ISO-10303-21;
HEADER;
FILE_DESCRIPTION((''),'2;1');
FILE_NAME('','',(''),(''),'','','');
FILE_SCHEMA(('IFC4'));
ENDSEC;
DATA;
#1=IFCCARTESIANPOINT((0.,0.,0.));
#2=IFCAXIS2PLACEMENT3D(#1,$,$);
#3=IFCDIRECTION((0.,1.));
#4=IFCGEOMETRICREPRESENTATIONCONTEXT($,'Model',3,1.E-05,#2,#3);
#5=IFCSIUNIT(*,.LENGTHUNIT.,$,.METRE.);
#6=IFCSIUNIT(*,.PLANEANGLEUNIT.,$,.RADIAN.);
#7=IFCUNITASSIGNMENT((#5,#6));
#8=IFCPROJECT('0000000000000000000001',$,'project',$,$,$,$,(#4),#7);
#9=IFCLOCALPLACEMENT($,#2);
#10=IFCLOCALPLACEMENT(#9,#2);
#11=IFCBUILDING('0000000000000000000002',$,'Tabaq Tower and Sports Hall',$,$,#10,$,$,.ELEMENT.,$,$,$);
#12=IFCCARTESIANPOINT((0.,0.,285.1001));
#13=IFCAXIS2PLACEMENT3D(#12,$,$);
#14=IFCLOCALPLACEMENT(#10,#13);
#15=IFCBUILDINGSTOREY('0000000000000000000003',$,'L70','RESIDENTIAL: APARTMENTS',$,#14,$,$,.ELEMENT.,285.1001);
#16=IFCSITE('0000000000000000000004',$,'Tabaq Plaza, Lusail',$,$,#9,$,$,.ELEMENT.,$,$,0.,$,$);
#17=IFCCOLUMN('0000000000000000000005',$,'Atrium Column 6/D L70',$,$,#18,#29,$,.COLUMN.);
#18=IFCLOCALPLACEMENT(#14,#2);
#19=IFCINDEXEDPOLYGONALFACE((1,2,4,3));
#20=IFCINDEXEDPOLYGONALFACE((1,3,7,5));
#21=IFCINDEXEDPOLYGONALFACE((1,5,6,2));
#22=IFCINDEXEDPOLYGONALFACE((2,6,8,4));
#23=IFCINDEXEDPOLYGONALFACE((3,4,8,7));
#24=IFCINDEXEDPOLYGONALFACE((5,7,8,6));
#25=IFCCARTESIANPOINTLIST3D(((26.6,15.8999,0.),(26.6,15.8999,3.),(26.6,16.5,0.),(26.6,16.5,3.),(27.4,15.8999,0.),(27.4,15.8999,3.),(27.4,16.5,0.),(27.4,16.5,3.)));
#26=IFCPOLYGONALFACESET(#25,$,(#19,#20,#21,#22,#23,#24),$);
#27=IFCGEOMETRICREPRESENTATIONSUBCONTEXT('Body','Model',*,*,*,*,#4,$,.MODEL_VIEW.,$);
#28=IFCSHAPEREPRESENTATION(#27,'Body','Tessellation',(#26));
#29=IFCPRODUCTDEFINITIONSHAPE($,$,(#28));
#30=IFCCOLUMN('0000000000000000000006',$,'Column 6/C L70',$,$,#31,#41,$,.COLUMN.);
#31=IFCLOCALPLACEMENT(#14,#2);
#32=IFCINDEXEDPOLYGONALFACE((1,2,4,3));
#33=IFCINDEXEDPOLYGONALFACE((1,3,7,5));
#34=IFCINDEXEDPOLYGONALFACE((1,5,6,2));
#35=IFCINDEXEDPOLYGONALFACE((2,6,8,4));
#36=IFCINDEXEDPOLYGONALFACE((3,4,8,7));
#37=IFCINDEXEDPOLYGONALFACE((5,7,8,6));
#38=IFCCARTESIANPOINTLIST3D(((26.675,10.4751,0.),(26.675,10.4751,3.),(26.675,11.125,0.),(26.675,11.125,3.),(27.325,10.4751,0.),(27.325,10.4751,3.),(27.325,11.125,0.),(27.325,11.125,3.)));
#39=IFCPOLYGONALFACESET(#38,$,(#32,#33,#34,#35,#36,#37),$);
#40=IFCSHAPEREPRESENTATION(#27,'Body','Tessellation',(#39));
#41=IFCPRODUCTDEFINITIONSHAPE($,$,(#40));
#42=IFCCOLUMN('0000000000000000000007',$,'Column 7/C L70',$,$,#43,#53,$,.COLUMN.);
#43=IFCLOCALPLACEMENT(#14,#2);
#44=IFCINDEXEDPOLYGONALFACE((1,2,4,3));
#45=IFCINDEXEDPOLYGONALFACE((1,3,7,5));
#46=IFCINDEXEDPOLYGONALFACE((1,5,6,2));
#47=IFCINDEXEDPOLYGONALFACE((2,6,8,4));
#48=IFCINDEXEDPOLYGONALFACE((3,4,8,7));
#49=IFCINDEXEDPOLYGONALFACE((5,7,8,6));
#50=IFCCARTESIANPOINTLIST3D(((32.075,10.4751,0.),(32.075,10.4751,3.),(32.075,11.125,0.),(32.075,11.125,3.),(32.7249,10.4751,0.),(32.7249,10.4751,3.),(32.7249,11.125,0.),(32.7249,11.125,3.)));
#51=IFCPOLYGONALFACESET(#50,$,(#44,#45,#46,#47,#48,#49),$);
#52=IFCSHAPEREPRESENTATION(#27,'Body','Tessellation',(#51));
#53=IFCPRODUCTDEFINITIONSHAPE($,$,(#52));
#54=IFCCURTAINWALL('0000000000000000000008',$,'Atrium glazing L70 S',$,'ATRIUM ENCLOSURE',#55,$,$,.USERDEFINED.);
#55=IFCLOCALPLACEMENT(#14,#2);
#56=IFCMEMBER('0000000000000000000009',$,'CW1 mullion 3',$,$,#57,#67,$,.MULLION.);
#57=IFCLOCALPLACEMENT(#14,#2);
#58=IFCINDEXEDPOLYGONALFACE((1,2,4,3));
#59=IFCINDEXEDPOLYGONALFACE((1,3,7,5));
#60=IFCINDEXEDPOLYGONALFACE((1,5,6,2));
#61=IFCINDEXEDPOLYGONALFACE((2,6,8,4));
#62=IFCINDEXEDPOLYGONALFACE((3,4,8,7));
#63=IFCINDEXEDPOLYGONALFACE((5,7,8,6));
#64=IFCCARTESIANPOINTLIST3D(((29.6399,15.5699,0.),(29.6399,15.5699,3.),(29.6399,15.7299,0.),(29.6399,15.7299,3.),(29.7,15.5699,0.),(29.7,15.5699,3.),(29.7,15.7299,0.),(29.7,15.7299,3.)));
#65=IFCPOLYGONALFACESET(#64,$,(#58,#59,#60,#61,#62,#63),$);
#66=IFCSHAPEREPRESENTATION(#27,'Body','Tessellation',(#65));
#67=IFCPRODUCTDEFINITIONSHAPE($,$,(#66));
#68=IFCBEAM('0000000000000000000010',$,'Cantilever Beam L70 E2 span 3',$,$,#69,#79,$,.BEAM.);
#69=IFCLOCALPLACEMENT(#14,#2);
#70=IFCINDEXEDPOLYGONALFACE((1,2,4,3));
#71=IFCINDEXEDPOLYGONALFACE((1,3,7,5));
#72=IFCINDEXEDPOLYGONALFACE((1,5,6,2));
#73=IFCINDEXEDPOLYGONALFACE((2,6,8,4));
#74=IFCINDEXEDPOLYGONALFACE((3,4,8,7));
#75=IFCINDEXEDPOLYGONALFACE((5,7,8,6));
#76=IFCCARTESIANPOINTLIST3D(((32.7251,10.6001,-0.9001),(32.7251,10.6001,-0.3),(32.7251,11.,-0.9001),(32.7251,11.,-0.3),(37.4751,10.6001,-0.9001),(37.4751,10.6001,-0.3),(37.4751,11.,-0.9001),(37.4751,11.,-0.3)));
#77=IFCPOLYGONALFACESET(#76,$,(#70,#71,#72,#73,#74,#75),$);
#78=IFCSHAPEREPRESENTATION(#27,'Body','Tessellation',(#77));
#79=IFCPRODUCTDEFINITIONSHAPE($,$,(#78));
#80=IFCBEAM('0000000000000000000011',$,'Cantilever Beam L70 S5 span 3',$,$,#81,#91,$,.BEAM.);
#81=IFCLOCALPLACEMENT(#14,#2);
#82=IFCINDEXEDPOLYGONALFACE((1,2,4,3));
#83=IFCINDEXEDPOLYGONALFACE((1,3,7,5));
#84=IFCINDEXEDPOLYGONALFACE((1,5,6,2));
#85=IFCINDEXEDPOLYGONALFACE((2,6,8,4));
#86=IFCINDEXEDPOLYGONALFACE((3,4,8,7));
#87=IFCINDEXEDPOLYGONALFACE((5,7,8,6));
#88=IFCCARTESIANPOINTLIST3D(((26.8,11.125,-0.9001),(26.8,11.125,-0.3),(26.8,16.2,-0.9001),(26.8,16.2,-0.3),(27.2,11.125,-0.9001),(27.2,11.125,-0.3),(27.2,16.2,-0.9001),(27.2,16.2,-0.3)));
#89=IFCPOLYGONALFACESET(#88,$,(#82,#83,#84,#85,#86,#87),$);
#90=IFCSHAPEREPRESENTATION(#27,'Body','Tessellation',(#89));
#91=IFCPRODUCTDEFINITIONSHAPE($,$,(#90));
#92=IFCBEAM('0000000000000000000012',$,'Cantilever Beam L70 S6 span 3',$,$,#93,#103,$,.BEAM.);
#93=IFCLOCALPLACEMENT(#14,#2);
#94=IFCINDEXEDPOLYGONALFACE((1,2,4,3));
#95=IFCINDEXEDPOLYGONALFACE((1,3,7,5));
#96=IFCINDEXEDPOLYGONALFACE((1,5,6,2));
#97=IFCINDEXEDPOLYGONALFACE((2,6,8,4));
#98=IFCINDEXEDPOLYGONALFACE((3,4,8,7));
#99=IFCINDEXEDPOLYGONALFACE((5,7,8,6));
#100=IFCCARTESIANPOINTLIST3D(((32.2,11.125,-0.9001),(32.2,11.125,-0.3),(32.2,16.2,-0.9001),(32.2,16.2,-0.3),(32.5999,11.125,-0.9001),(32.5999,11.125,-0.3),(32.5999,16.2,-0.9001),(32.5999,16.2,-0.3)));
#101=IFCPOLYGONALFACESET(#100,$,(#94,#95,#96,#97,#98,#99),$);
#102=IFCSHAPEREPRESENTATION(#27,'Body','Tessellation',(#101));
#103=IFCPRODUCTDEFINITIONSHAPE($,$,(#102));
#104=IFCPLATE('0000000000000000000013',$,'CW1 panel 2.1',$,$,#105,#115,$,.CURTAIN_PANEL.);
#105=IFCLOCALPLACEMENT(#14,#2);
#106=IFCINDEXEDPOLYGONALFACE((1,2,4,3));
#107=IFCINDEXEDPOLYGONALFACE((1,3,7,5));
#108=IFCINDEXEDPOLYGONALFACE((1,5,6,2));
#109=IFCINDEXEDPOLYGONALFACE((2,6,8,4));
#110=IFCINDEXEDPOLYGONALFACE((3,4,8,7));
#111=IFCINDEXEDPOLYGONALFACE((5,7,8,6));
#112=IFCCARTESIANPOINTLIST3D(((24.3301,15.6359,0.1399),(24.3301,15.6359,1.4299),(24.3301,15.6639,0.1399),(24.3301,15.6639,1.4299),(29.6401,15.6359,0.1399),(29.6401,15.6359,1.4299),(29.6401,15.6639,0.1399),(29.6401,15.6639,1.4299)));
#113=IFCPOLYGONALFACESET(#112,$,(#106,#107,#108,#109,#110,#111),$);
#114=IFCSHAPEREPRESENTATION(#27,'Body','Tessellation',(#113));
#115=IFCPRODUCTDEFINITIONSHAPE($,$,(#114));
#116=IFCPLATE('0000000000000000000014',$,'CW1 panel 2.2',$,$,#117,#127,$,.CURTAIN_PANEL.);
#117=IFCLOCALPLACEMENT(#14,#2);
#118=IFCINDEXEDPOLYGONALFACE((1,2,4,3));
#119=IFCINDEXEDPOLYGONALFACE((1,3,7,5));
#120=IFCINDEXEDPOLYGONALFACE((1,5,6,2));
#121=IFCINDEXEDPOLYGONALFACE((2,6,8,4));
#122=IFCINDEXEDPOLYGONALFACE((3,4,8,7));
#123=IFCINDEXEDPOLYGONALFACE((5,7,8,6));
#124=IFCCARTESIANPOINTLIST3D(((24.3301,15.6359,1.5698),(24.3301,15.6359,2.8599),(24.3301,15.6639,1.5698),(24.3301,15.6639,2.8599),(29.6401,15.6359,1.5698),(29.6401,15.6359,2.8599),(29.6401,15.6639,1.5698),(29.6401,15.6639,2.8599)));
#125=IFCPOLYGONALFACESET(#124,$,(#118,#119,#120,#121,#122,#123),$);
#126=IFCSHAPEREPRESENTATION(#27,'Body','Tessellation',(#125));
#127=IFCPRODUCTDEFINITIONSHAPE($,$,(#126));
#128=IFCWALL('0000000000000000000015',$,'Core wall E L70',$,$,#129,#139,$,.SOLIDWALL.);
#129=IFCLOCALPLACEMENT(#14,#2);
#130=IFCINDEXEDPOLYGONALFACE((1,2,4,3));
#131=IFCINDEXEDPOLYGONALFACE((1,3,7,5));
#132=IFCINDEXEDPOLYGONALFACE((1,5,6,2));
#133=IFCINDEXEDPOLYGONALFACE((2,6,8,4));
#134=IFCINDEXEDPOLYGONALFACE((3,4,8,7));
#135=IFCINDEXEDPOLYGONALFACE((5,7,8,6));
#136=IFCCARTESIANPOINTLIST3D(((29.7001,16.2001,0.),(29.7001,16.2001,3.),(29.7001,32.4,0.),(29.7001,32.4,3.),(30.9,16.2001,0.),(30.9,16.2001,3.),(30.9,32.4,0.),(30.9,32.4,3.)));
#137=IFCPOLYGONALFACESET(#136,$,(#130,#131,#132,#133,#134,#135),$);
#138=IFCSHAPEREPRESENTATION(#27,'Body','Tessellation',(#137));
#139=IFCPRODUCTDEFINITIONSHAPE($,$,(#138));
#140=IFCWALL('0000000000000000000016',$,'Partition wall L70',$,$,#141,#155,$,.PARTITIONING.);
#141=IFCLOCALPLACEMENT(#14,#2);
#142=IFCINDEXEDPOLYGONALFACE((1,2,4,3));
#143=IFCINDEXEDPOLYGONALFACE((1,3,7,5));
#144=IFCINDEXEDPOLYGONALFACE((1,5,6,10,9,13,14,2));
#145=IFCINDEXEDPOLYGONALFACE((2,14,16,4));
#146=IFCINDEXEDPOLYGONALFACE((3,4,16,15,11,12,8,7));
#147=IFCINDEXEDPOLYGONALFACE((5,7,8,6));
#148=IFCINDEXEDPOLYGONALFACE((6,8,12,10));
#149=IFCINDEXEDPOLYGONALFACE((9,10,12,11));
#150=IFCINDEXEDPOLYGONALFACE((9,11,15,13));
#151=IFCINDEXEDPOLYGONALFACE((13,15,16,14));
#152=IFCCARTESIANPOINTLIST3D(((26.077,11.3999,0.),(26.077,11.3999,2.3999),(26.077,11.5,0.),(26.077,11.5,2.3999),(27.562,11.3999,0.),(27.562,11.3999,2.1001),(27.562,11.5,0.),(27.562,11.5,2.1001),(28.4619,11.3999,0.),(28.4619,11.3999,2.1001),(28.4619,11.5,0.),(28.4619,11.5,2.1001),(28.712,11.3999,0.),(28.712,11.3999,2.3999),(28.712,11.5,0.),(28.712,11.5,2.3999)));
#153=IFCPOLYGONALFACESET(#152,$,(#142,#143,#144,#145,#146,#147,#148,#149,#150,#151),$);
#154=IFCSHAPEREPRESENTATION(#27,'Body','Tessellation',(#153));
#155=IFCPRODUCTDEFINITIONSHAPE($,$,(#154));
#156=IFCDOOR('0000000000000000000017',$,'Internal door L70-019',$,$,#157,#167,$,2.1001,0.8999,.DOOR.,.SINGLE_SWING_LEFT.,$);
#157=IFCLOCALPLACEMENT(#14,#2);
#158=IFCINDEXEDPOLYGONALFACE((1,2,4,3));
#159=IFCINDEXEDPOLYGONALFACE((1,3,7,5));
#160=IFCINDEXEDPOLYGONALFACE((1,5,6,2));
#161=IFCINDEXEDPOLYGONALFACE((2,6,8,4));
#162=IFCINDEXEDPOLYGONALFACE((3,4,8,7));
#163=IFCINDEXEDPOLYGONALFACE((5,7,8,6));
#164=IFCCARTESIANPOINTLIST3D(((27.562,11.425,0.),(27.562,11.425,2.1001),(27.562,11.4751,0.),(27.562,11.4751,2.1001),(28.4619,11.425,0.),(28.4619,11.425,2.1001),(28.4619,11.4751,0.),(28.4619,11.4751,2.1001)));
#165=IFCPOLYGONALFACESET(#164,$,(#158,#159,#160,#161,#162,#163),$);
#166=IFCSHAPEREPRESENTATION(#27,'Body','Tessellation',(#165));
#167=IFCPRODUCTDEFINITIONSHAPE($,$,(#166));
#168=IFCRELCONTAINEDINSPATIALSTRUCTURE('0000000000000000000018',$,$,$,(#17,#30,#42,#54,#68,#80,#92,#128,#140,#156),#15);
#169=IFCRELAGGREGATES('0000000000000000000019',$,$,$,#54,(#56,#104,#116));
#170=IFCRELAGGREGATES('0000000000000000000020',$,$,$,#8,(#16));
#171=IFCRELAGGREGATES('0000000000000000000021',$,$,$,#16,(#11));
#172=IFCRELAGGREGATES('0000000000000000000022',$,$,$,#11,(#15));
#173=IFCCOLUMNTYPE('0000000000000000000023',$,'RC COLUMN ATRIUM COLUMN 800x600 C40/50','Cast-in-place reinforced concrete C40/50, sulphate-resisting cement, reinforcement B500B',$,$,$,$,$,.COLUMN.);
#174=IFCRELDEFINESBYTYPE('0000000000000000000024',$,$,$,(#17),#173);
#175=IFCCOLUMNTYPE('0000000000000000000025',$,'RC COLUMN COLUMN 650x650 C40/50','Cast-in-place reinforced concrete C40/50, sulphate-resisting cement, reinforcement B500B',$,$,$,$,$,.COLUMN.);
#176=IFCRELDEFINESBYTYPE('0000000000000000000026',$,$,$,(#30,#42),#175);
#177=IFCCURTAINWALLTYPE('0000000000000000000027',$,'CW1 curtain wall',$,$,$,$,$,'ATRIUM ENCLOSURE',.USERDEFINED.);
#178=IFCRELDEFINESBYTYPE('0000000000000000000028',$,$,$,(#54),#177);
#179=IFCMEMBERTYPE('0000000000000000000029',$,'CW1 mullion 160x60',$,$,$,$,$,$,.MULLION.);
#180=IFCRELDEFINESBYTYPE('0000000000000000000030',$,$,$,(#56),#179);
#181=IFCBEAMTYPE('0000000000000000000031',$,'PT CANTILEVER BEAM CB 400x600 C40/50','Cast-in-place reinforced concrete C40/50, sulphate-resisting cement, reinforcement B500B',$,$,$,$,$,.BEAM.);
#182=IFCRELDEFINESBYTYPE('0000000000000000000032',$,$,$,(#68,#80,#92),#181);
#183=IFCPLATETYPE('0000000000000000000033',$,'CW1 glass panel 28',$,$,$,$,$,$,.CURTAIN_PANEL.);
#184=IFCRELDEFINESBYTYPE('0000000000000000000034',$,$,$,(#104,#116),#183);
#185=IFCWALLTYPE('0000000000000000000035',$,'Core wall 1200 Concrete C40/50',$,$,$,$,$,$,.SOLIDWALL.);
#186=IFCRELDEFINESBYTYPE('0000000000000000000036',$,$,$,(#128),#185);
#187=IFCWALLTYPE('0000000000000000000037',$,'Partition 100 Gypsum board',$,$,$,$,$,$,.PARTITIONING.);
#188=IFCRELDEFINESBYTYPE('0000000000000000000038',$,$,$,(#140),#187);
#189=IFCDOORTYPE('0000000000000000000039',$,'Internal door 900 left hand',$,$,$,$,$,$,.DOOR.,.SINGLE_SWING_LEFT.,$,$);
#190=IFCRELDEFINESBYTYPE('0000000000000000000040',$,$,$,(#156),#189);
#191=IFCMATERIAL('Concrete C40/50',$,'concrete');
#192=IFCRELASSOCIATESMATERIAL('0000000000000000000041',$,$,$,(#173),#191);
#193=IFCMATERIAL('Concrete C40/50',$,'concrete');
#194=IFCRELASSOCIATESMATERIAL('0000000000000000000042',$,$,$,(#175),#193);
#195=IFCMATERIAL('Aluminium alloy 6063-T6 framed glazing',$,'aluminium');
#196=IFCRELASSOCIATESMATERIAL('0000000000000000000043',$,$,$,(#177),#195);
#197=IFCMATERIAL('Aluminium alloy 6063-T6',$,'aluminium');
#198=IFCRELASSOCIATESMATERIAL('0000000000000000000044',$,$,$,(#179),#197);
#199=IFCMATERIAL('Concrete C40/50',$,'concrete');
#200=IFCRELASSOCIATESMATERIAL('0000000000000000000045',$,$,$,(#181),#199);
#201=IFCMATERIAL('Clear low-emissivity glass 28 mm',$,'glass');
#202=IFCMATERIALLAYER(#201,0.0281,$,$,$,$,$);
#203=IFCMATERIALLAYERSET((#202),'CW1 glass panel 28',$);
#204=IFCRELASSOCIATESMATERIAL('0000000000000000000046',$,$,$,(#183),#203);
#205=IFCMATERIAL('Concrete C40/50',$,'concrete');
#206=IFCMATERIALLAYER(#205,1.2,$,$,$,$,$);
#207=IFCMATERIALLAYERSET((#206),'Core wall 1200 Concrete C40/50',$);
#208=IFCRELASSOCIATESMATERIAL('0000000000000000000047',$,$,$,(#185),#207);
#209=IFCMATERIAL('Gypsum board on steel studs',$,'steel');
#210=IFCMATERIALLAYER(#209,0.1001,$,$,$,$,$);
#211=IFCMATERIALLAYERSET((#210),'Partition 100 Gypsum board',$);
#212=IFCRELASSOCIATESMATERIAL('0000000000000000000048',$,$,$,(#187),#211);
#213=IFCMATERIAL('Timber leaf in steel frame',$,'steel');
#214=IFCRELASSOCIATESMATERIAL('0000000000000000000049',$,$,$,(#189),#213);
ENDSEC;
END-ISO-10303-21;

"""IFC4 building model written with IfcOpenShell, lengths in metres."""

from ifc_helpers import new_model, si_unit, direction, frame, frame_2d, origin, origin_2d, place, context, subcontext, project, spatial, rectangle, extrude, material, layer, layer_set, material_profile, profile_set, type_object, element, fill, aggregate, save


model = new_model("IFC4")

# Units and contexts
model_context = context("Model", 3, precision=1e-05, world=origin(), true_north=direction((0.0, 1.0)))
body_context = subcontext(model_context, "Body", "Model", "MODEL_VIEW")
ifc_project = project(units=[si_unit("LENGTHUNIT", "METRE"), si_unit("PLANEANGLEUNIT", "RADIAN")], contexts=[model_context])

# Site, building, storey
site_placement = place(None, origin())
site = spatial("IfcSite", under=ifc_project, at=site_placement, Name="Tabaq Plaza, Lusail", CompositionType="ELEMENT", RefElevation=0.0)
building_placement = place(site_placement, origin())
building = spatial("IfcBuilding", under=site, at=building_placement, Name="Tabaq Tower and Sports Hall", CompositionType="ELEMENT")
storey_placement = place(building_placement, frame((0.0, 0.0, 285.1001)))
storey = spatial("IfcBuildingStorey", under=building, at=storey_placement, Name="L70", Description="RESIDENTIAL: APARTMENTS", CompositionType="ELEMENT", Elevation=285.1001)

# Columns
ifc_material_1 = material(Name="Concrete C40/50", Category="concrete")
ifc_material_profile_1 = material_profile(ifc_material_1, rectangle(XDim=0.8, YDim=0.6001, at=origin_2d()), Name="ATRIUM COLUMN 800x600")
ifc_profile_set_1 = profile_set([ifc_material_profile_1], Name="Concrete C40/50")
column_type_1 = type_object("IfcColumnType", Name="RC COLUMN ATRIUM COLUMN 800x600 C40/50", Description="Cast-in-place reinforced concrete C40/50, sulphate-resisting cement, reinforcement B500B", PredefinedType="COLUMN", material=ifc_profile_set_1)
column_placement = place(storey_placement, frame((27.0, 16.2, 0.0), z_axis=(0.0, 0.0, 1.0), x_axis=(1.0, 0.0, 0.0)))
element("IfcColumn", 1, at=column_placement, inside=storey, type_object=column_type_1, Name="Atrium Column 6/D L70", PredefinedType="COLUMN", context=body_context, shape_type="SweptSolid", body=[
    extrude(rectangle(XDim=0.8, YDim=0.6001, at=origin_2d()), origin(), (0.0, 0.0, 1.0), 3.0),
])
ifc_material_2 = material(Name="Concrete C40/50", Category="concrete")
ifc_material_profile_2 = material_profile(ifc_material_2, rectangle(XDim=0.6499, YDim=0.6499, at=origin_2d()), Name="COLUMN 650x650")
ifc_profile_set_2 = profile_set([ifc_material_profile_2], Name="Concrete C40/50")
column_type_2 = type_object("IfcColumnType", Name="RC COLUMN COLUMN 650x650 C40/50", Description="Cast-in-place reinforced concrete C40/50, sulphate-resisting cement, reinforcement B500B", PredefinedType="COLUMN", material=ifc_profile_set_2)
for number, where, z_axis, x_axis, name in (
    (2, (27.0, 10.8, 0.0), (0.0, 0.0, 1.0), (1.0, 0.0, 0.0), "Column 6/C L70"),
    (3, (32.3999, 10.8, 0.0), (0.0, 0.0, 1.0), (1.0, 0.0, 0.0), "Column 7/C L70"),
):
    element("IfcColumn", number, at=place(storey_placement, frame(where, z_axis=z_axis, x_axis=x_axis)), inside=storey, type_object=column_type_2, Name=name, PredefinedType="COLUMN", context=body_context, shape_type="SweptSolid", body=[
        extrude(rectangle(XDim=0.6499, YDim=0.6499, at=origin_2d()), origin(), (0.0, 0.0, 1.0), 3.0),
    ])

# Curtain wall, member
ifc_material_3 = material(Name="Aluminium alloy 6063-T6 framed glazing", Category="aluminium")
curtain_wall_type = type_object("IfcCurtainWallType", Name="CW1 curtain wall", ElementType="ATRIUM ENCLOSURE", PredefinedType="USERDEFINED", material=ifc_material_3)
curtain_wall_placement = place(storey_placement, origin())
curtain_wall = element("IfcCurtainWall", 4, at=curtain_wall_placement, inside=storey, type_object=curtain_wall_type, Name="Atrium glazing L70 S", ObjectType="ATRIUM ENCLOSURE", PredefinedType="USERDEFINED")
ifc_material_4 = material(Name="Aluminium alloy 6063-T6", Category="aluminium")
ifc_material_profile_3 = material_profile(ifc_material_4, rectangle(XDim=0.1599, YDim=0.0601, at=origin_2d()), Name="MULLION 160x60")
ifc_profile_set_3 = profile_set([ifc_material_profile_3], Name="Aluminium alloy 6063-T6")
member_type = type_object("IfcMemberType", Name="CW1 mullion 160x60", PredefinedType="MULLION", material=ifc_profile_set_3)
member_placement = place(storey_placement, frame((29.6699, 15.6499, 0.0), z_axis=(0.0, 0.0, 1.0), x_axis=(0.0, 1.0, 0.0)))
member = element("IfcMember", 5, at=member_placement, type_object=member_type, Name="CW1 mullion 3", PredefinedType="MULLION", context=body_context, shape_type="SweptSolid", body=[
    extrude(rectangle(XDim=0.1599, YDim=0.0601, at=origin_2d()), origin(), (0.0, 0.0, 1.0), 3.0),
])

# Beams
ifc_material_5 = material(Name="Concrete C40/50", Category="concrete")
ifc_material_profile_4 = material_profile(ifc_material_5, rectangle(XDim=0.3999, YDim=0.6001, at=origin_2d()), Name="CB 400x600")
ifc_profile_set_4 = profile_set([ifc_material_profile_4], Name="Concrete C40/50")
beam_type = type_object("IfcBeamType", Name="PT CANTILEVER BEAM CB 400x600 C40/50", Description="Cast-in-place reinforced concrete C40/50, sulphate-resisting cement, reinforcement B500B", PredefinedType="BEAM", material=ifc_profile_set_4)
beam_placement = place(storey_placement, frame((37.4751, 10.8, -0.6001), z_axis=(-1.0, 0.0, 0.0), x_axis=(0.0, -1.0, 0.0)))
element("IfcBeam", 6, at=beam_placement, inside=storey, type_object=beam_type, Name="Cantilever Beam L70 E2 span 3", PredefinedType="BEAM", context=body_context, shape_type="SweptSolid", body=[
    extrude(rectangle(XDim=0.3999, YDim=0.6001, at=origin_2d()), origin(), (0.0, 0.0, 1.0), 4.75),
])
for number, where, z_axis, x_axis, name in (
    (7, (27.0, 11.125, -0.6001), (0.0, 1.0, 0.0), (-1.0, 0.0, 0.0), "Cantilever Beam L70 S5 span 3"),
    (8, (32.3999, 11.125, -0.6001), (0.0, 1.0, 0.0), (-1.0, 0.0, 0.0), "Cantilever Beam L70 S6 span 3"),
):
    element("IfcBeam", number, at=place(storey_placement, frame(where, z_axis=z_axis, x_axis=x_axis)), inside=storey, type_object=beam_type, Name=name, PredefinedType="BEAM", context=body_context, shape_type="SweptSolid", body=[
        extrude(rectangle(XDim=0.3999, YDim=0.6001, at=origin_2d()), origin(), (0.0, 0.0, 1.0), 5.075),
    ])

# Plates
ifc_material_6 = material(Name="Clear low-emissivity glass 28 mm", Category="glass")
ifc_layer_1 = layer(ifc_material_6, 0.0281)
ifc_layer_set_1 = layer_set([ifc_layer_1], Name="CW1 glass panel 28")
plate_type = type_object("IfcPlateType", Name="CW1 glass panel 28", PredefinedType="CURTAIN_PANEL", material=ifc_layer_set_1)
plate_1_placement = place(storey_placement, frame((26.9851, 15.6499, 0.1399), z_axis=(0.0, 0.0, 1.0), x_axis=(1.0, 0.0, 0.0)))
plate_1 = element("IfcPlate", 9, at=plate_1_placement, type_object=plate_type, Name="CW1 panel 2.1", PredefinedType="CURTAIN_PANEL", context=body_context, shape_type="SweptSolid", body=[
    extrude(rectangle(XDim=5.3101, YDim=0.0281, at=origin_2d()), origin(), (0.0, 0.0, 1.0), 1.29),
])
plate_2_placement = place(storey_placement, frame((26.9851, 15.6499, 1.5698), z_axis=(0.0, 0.0, 1.0), x_axis=(1.0, 0.0, 0.0)))
plate_2 = element("IfcPlate", 10, at=plate_2_placement, type_object=plate_type, Name="CW1 panel 2.2", PredefinedType="CURTAIN_PANEL", context=body_context, shape_type="SweptSolid", body=[
    extrude(rectangle(XDim=5.3101, YDim=0.0281, at=origin_2d()), origin(), (0.0, 0.0, 1.0), 1.29),
])
aggregate(curtain_wall, [member, plate_1, plate_2])

# Wall
ifc_material_7 = material(Name="Concrete C40/50", Category="concrete")
ifc_layer_2 = layer(ifc_material_7, 1.2)
ifc_layer_set_2 = layer_set([ifc_layer_2], Name="Core wall 1200 Concrete C40/50")
wall_type_1 = type_object("IfcWallType", Name="Core wall 1200 Concrete C40/50", PredefinedType="SOLIDWALL", material=ifc_layer_set_2)
wall_1_placement = place(storey_placement, frame((30.3, 16.2, 0.0), z_axis=(0.0, 0.0, 1.0), x_axis=(0.0, 1.0, 0.0)))
element("IfcWall", 11, at=wall_1_placement, inside=storey, type_object=wall_type_1, Name="Core wall E L70", PredefinedType="SOLIDWALL", context=body_context, shape_type="SweptSolid", body=[
    extrude(rectangle(XDim=16.2, YDim=1.2, at=frame_2d((8.1001, 0.0))), origin(), (0.0, 0.0, 1.0), 3.0),
])

# Wall, opening, door
ifc_material_8 = material(Name="Gypsum board on steel studs", Category="steel")
ifc_layer_3 = layer(ifc_material_8, 0.1001)
ifc_layer_set_3 = layer_set([ifc_layer_3], Name="Partition 100 Gypsum board")
wall_type_2 = type_object("IfcWallType", Name="Partition 100 Gypsum board", PredefinedType="PARTITIONING", material=ifc_layer_set_3)
wall_2_placement = place(storey_placement, frame((28.7119, 11.45, 0.0), z_axis=(0.0, 0.0, 1.0), x_axis=(-1.0, 0.0, 0.0)))
wall_2 = element("IfcWall", 12, at=wall_2_placement, inside=storey, type_object=wall_type_2, Name="Partition wall L70", PredefinedType="PARTITIONING", context=body_context, shape_type="SweptSolid", body=[
    extrude(rectangle(XDim=2.635, YDim=0.1001, at=frame_2d((1.3174, 0.0))), origin(), (0.0, 0.0, 1.0), 2.3999),
])
opening_1_placement = place(wall_2_placement, frame((0.25, 0.0, 0.0)))
opening_1 = element("IfcOpeningElement", 13, at=opening_1_placement, cuts=wall_2, PredefinedType="OPENING", context=body_context, shape_type="SweptSolid", body=[
    extrude(rectangle(XDim=0.8999, YDim=2.1001, at=frame_2d((0.45, 1.05))), frame((0.0, 0.05, 0.0), z_axis=(0.0, -1.0, 0.0), x_axis=(1.0, 0.0, 0.0)), (0.0, 0.0, 1.0), 0.1001),
])
ifc_material_9 = material(Name="Timber leaf in steel frame", Category="steel")
door_type_1 = type_object("IfcDoorType", Name="Internal door 900 left hand", OperationType="SINGLE_SWING_LEFT", PredefinedType="DOOR", material=ifc_material_9)
door_1_placement = place(opening_1_placement, origin())
door_1 = element("IfcDoor", 14, at=door_1_placement, inside=storey, type_object=door_type_1, Name="Internal door L70-019", OperationType="SINGLE_SWING_LEFT", OverallHeight=2.1001, OverallWidth=0.8999, PredefinedType="DOOR", context=body_context, shape_type="SweptSolid", body=[
    extrude(rectangle(XDim=0.8999, YDim=2.1001, at=frame_2d((0.45, 1.05))), frame((0.0, 0.0249, 0.0), z_axis=(0.0, -1.0, 0.0), x_axis=(1.0, 0.0, 0.0)), (0.0, 0.0, 1.0), 0.05),
])
fill(opening_1, door_1)

save(model, "model.ifc")
